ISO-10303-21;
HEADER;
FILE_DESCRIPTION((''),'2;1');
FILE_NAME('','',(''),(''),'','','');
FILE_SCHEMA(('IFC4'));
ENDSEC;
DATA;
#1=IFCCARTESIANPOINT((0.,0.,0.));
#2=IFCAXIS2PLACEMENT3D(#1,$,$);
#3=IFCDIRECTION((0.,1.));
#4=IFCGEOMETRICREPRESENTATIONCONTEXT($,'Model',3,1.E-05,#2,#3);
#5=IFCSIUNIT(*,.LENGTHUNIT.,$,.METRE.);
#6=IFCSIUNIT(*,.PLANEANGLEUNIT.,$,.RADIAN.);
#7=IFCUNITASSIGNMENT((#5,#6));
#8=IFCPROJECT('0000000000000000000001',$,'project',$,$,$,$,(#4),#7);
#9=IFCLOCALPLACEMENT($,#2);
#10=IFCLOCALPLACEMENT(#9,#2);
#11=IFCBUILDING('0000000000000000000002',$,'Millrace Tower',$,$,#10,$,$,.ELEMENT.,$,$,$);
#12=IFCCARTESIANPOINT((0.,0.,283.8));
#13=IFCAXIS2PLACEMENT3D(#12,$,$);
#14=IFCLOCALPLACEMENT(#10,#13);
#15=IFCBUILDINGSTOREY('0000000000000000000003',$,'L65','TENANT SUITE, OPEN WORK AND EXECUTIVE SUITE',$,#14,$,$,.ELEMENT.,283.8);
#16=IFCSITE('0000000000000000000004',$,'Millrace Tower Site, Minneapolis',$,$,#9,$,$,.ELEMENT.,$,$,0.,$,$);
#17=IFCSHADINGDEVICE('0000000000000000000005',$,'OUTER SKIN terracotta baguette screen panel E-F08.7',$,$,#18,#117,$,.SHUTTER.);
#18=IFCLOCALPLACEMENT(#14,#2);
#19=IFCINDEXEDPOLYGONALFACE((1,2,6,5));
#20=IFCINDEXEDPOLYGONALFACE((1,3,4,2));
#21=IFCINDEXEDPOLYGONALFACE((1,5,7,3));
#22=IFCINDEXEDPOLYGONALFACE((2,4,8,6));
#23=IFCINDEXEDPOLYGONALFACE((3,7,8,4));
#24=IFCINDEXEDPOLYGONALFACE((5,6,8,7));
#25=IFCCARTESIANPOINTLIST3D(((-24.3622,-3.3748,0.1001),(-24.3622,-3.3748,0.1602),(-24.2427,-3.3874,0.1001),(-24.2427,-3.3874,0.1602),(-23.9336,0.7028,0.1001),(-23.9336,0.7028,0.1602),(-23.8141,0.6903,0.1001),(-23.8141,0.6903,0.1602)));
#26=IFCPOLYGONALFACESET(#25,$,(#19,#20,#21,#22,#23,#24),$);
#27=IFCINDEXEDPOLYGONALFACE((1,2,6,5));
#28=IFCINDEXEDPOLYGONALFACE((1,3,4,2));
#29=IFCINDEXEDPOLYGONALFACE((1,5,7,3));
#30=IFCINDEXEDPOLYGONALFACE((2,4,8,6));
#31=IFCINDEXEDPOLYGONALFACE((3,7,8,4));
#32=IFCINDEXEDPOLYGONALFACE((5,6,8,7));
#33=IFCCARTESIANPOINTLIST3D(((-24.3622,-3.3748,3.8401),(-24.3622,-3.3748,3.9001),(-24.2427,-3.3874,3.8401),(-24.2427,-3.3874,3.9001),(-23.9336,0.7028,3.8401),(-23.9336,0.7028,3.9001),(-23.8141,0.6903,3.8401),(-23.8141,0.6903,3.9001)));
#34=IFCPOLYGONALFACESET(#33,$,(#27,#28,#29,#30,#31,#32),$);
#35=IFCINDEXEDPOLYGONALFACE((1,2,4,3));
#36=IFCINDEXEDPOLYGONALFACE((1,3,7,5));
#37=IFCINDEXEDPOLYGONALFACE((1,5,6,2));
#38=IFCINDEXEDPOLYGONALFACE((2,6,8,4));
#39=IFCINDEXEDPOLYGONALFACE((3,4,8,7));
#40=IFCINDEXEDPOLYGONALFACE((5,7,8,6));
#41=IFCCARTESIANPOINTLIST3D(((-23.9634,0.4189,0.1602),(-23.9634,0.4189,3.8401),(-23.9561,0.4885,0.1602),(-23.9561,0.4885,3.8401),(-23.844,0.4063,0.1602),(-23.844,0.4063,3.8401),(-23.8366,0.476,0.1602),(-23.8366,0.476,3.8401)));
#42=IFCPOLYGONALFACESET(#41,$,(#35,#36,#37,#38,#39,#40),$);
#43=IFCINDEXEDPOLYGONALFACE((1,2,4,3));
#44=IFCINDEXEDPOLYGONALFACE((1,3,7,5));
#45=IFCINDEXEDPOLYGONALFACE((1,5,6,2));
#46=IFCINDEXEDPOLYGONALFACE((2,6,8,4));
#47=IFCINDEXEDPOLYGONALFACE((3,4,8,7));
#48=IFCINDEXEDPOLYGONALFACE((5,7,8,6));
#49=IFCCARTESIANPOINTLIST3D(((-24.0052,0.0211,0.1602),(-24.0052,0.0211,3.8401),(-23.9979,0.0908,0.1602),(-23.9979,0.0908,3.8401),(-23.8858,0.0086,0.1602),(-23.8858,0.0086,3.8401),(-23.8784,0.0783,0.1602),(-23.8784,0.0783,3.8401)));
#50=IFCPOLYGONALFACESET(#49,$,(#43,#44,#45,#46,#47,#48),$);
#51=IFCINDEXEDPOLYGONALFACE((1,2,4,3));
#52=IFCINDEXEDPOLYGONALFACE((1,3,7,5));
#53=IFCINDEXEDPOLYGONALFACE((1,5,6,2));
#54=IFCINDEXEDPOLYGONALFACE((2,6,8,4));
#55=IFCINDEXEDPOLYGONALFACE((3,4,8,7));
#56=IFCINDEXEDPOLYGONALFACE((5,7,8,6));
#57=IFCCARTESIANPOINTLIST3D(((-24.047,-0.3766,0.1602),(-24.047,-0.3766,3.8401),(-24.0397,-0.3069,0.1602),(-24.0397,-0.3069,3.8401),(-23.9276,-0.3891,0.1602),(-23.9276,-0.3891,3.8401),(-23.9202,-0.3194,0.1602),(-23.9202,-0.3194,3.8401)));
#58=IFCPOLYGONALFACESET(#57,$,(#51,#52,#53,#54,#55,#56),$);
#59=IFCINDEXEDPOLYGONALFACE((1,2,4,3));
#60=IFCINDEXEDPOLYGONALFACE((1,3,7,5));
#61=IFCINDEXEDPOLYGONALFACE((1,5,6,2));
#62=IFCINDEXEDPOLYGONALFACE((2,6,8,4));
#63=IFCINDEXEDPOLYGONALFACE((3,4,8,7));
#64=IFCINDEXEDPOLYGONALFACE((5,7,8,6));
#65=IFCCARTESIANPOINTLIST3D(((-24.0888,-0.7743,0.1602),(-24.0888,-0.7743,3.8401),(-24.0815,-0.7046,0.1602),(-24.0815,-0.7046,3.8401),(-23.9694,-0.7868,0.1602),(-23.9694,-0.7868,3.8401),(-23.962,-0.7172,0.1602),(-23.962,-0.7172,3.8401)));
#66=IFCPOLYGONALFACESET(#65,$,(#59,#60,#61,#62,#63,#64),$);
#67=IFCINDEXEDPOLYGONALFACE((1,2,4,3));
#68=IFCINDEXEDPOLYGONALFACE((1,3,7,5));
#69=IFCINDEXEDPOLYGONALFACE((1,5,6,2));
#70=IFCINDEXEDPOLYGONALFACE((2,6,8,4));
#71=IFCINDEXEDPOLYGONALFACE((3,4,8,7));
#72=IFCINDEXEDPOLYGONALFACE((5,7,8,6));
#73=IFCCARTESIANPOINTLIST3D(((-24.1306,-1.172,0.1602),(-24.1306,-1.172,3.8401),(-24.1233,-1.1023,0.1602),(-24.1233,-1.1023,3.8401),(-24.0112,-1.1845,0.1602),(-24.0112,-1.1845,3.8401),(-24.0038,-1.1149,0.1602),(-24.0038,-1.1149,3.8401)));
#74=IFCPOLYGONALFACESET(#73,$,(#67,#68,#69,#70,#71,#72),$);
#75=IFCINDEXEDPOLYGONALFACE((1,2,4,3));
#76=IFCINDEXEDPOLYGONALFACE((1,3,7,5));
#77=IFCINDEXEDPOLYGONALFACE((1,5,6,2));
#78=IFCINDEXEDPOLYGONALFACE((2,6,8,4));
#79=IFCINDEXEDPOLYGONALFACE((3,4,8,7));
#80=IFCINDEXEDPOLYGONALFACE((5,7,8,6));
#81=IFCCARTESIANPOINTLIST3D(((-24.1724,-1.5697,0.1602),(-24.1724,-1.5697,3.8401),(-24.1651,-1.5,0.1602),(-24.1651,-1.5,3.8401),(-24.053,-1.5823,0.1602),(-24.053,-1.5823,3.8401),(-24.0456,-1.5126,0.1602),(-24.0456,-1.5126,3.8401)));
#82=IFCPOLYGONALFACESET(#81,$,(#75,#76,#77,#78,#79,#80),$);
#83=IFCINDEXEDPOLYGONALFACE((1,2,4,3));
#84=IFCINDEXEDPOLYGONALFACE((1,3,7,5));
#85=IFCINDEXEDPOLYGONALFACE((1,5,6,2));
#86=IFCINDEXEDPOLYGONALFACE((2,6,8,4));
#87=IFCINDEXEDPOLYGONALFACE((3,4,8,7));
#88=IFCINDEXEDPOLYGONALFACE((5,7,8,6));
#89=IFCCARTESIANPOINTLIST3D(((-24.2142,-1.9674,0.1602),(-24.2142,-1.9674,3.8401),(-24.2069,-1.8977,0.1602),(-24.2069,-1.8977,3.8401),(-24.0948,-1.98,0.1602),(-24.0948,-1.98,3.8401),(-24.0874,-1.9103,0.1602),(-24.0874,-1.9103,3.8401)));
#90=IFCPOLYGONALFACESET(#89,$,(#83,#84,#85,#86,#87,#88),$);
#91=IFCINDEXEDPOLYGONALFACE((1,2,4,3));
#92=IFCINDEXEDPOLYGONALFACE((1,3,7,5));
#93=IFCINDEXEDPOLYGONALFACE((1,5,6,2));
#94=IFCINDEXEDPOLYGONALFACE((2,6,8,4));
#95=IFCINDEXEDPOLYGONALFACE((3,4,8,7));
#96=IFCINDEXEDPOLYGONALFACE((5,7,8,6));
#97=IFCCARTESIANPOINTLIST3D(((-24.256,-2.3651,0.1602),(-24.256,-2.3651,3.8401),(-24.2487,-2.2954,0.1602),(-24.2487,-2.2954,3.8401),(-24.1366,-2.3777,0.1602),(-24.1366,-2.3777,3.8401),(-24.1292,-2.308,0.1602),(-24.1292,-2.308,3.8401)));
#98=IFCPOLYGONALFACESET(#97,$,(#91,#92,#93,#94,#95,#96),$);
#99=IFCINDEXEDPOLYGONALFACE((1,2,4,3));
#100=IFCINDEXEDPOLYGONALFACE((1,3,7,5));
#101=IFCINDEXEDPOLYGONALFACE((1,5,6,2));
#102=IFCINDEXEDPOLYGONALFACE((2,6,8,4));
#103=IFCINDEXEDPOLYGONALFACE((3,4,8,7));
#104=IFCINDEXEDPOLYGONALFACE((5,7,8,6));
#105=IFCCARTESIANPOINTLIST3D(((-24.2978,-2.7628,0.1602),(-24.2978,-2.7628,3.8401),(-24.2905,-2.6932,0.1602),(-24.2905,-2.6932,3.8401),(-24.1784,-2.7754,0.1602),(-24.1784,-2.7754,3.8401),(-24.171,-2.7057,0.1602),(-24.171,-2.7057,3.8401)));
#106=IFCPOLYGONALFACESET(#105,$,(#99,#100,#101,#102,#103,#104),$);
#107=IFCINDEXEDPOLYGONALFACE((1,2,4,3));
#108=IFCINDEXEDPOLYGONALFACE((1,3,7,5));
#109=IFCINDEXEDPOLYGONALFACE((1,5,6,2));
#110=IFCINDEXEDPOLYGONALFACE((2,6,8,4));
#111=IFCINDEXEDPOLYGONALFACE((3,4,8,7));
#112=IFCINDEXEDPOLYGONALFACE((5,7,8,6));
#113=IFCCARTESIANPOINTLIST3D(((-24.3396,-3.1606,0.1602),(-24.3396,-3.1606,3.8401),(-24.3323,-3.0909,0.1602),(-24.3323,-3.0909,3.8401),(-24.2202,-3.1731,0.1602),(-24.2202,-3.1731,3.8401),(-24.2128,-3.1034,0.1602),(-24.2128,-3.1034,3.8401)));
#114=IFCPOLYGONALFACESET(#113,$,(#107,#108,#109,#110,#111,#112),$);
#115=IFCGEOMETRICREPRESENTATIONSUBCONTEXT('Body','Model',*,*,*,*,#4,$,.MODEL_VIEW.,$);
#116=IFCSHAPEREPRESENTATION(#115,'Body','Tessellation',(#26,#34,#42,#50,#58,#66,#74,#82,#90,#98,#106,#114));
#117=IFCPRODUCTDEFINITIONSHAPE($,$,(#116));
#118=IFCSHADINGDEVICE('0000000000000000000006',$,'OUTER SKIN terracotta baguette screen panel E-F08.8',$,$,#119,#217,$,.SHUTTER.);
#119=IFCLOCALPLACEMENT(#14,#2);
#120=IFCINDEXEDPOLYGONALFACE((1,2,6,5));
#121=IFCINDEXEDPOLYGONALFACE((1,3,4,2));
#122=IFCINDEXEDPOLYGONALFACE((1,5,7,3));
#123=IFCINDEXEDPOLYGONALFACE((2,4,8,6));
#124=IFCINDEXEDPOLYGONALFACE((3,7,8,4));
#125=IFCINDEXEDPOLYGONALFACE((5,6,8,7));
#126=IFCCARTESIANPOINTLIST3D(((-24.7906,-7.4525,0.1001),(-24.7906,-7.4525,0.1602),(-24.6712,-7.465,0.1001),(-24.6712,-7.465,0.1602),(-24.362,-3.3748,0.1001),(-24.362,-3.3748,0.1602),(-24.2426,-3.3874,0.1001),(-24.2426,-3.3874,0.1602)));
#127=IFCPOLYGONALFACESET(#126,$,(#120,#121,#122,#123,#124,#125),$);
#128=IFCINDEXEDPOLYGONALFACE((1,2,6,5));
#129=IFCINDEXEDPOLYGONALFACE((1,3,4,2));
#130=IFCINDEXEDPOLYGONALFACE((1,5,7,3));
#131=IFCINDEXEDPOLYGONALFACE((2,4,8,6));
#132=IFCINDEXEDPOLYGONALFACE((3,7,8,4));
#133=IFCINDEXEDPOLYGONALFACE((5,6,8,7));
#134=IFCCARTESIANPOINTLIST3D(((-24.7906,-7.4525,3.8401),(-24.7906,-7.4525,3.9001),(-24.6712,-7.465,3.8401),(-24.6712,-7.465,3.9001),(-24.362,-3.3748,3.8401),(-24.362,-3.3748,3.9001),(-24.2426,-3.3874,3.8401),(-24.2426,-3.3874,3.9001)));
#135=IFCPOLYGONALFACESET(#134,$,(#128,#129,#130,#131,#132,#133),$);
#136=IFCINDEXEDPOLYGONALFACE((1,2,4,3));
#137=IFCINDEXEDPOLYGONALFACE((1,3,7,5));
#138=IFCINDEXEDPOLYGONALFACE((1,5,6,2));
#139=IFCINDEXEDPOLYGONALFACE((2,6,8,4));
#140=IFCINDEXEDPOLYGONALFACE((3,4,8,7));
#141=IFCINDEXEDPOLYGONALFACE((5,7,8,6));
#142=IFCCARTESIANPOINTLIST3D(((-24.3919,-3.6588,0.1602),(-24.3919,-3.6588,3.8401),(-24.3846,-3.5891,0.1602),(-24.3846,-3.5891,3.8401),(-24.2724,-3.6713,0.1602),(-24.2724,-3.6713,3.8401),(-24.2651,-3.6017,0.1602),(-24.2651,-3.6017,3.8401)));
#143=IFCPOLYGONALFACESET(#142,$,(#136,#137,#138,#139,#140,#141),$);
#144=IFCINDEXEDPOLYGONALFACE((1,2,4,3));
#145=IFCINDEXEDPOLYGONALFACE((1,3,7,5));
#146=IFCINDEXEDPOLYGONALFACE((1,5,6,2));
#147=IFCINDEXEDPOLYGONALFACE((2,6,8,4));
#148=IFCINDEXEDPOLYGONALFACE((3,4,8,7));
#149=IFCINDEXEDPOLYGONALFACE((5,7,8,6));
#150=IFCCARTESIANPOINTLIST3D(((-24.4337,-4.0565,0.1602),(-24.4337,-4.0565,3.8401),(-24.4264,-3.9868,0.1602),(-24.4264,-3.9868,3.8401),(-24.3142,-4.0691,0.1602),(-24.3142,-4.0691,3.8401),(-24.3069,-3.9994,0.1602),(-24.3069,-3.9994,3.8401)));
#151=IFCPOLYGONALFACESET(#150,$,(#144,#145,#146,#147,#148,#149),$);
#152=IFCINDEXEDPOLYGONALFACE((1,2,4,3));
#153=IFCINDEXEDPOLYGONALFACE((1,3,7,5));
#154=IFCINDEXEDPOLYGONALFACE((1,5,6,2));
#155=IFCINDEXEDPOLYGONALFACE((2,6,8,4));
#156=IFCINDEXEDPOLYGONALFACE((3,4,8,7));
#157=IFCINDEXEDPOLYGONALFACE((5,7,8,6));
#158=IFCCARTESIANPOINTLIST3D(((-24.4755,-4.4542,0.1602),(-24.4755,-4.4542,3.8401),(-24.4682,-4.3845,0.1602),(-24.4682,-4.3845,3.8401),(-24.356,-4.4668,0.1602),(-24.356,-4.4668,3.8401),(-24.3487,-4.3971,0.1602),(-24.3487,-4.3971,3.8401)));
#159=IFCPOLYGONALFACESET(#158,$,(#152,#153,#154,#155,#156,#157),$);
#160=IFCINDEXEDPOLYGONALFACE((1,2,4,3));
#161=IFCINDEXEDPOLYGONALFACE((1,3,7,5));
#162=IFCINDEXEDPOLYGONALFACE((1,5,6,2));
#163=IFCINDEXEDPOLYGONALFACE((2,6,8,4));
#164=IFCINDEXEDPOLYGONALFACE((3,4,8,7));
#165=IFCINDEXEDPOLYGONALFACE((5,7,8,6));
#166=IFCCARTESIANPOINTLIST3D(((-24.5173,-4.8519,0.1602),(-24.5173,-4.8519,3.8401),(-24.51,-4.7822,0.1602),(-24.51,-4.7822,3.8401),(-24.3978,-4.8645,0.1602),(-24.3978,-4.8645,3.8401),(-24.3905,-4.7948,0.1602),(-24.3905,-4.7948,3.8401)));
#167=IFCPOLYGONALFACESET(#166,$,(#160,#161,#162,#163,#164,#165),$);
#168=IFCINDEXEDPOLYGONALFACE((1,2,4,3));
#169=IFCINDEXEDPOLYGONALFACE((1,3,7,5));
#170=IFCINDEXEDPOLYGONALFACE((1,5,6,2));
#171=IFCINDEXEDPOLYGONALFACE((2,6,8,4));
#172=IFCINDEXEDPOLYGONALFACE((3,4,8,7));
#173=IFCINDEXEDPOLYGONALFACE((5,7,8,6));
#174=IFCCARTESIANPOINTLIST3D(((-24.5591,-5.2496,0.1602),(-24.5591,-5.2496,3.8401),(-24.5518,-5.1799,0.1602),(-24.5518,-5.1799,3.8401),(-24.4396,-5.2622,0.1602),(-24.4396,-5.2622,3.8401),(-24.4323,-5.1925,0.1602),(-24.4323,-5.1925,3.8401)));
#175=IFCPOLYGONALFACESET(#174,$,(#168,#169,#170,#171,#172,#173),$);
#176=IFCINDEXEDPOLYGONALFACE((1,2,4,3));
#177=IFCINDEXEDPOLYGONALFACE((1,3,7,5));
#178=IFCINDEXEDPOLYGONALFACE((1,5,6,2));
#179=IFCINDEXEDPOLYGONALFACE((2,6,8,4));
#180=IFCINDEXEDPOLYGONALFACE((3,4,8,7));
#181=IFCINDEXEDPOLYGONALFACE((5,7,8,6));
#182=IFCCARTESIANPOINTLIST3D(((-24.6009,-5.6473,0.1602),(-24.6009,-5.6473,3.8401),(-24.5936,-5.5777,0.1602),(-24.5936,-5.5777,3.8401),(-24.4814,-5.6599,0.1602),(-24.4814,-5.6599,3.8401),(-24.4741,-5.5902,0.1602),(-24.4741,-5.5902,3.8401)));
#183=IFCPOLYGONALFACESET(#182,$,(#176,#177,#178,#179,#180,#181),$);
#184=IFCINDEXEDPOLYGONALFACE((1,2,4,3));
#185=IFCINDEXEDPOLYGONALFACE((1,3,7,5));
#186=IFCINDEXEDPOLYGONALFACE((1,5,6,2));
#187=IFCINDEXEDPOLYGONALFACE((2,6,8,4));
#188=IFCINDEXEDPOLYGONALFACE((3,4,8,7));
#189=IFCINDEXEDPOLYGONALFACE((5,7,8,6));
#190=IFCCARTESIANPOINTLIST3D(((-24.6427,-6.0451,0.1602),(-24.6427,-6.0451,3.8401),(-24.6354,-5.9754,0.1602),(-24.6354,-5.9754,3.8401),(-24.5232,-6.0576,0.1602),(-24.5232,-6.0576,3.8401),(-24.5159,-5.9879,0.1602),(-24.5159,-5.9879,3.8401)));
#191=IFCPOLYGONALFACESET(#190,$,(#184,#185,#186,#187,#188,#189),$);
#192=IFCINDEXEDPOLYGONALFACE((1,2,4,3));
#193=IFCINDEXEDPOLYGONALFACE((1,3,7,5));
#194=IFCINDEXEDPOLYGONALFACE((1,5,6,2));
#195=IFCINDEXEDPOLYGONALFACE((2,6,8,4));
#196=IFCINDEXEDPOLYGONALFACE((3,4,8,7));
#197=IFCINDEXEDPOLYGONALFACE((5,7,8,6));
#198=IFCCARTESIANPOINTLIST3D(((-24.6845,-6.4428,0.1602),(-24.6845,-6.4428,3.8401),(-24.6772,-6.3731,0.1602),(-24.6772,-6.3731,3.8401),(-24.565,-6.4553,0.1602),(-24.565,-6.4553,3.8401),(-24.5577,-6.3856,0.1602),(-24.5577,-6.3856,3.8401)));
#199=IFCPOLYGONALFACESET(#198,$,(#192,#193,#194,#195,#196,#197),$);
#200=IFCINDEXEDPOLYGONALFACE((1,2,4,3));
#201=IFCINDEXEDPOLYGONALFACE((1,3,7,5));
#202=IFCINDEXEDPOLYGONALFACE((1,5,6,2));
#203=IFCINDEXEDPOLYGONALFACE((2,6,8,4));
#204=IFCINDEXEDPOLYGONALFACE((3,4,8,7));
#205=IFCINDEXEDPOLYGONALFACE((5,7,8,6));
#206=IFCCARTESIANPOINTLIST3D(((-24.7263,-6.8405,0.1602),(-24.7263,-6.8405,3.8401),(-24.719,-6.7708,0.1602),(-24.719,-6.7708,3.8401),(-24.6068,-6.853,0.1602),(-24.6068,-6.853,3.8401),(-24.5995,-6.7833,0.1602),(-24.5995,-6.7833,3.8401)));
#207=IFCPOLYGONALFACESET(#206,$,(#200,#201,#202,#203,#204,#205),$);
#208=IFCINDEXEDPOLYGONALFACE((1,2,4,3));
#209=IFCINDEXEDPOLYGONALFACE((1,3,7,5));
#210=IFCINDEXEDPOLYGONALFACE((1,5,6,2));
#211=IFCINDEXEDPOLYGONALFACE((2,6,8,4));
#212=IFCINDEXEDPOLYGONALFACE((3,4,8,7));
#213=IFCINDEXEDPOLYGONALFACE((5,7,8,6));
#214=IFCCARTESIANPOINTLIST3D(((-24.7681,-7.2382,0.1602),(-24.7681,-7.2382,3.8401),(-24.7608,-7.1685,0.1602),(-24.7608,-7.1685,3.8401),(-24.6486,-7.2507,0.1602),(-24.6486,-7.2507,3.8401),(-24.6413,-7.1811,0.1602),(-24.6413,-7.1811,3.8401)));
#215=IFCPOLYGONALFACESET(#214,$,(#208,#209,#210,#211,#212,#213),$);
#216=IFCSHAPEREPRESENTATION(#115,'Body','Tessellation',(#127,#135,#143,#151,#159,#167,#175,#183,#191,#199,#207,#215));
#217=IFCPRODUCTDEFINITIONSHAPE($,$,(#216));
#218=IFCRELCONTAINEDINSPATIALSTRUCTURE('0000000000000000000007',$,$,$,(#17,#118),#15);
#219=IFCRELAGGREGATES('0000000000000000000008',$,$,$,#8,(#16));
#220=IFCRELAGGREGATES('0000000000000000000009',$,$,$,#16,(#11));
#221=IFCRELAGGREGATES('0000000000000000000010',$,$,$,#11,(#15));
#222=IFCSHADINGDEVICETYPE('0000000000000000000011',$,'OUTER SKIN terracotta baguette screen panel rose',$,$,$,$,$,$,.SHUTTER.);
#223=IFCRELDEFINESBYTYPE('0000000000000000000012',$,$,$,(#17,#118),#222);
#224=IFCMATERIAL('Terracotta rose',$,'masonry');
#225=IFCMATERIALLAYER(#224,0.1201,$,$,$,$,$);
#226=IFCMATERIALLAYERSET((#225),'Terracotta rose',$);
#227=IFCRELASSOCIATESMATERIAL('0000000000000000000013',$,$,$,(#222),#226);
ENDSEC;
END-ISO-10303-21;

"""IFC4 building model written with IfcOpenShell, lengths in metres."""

from ifc_helpers import new_model, entity, si_unit, direction, frame, frame_2d, origin, place, context, subcontext, project, spatial, rectangle, extrude, source, transform, mapped, material, layer, layer_set, type_object, element, save


model = new_model("IFC4")

# Units and contexts
model_context = context("Model", 3, precision=1e-05, world=origin(), true_north=direction((0.0, 1.0)))
body_context = subcontext(model_context, "Body", "Model", "MODEL_VIEW")
ifc_project = project(units=[si_unit("LENGTHUNIT", "METRE"), si_unit("PLANEANGLEUNIT", "RADIAN")], contexts=[model_context])

# Site, building, storey
site_placement = place(None, origin())
site = spatial("IfcSite", under=ifc_project, at=site_placement, Name="Millrace Tower Site, Minneapolis", CompositionType="ELEMENT", RefElevation=0.0)
building_placement = place(site_placement, origin())
building = spatial("IfcBuilding", under=site, at=building_placement, Name="Millrace Tower", CompositionType="ELEMENT")
storey_placement = place(building_placement, frame((0.0, 0.0, 283.8)))
storey = spatial("IfcBuildingStorey", under=building, at=storey_placement, Name="L65", Description="TENANT SUITE, OPEN WORK AND EXECUTIVE SUITE", CompositionType="ELEMENT", Elevation=283.8)

# Shading devices
ifc_material_1 = material(Name="Terracotta rose", Category="masonry")
ifc_layer_1 = layer(ifc_material_1, 0.1201)
ifc_layer_set_1 = layer_set([ifc_layer_1], Name="Terracotta rose")
shading_device_type = type_object("IfcShadingDeviceType", Name="OUTER SKIN terracotta baguette screen panel rose", PredefinedType="SHUTTER", material=ifc_layer_set_1)
cartesian_point_1 = entity("IfcCartesianPoint", [-2.05, 0.0601])
shared_polyline_1 = entity("IfcPolyline", [cartesian_point_1, entity("IfcCartesianPoint", [2.05, 0.0601]), entity("IfcCartesianPoint", [2.05, -0.0601]), entity("IfcCartesianPoint", [-2.05, -0.0601]), cartesian_point_1])
shared_shape_1 = source(origin(), body_context, "Body", "SweptSolid", [
    entity("IfcExtrudedAreaSolid", entity("IfcArbitraryClosedProfileDef", "AREA", None, shared_polyline_1), entity("IfcAxis2Placement3D", entity("IfcCartesianPoint", [0.0, 0.0, 0.0])), entity("IfcDirection", [0.0, 0.0, 1.0]), 0.0601),
    entity("IfcExtrudedAreaSolid", entity("IfcArbitraryClosedProfileDef", "AREA", None, shared_polyline_1), entity("IfcAxis2Placement3D", entity("IfcCartesianPoint", [0.0, 0.0, 3.74])), entity("IfcDirection", [0.0, 0.0, 1.0]), 0.0601),
    extrude(rectangle(XDim=0.0701, YDim=0.1201, at=frame_2d((-1.7996, 0.0))), frame((0.0, 0.0, 0.0601)), (0.0, 0.0, 1.0), 3.6799),
    extrude(rectangle(XDim=0.0701, YDim=0.1201, at=frame_2d((-1.3997, 0.0))), frame((0.0, 0.0, 0.0601)), (0.0, 0.0, 1.0), 3.6799),
    extrude(rectangle(XDim=0.0701, YDim=0.1201, at=frame_2d((-0.9998, 0.0))), frame((0.0, 0.0, 0.0601)), (0.0, 0.0, 1.0), 3.6799),
    extrude(rectangle(XDim=0.0701, YDim=0.1201, at=frame_2d((-0.5999, 0.0))), frame((0.0, 0.0, 0.0601)), (0.0, 0.0, 1.0), 3.6799),
    extrude(rectangle(XDim=0.0701, YDim=0.1201, at=frame_2d((-0.2, 0.0))), frame((0.0, 0.0, 0.0601)), (0.0, 0.0, 1.0), 3.6799),
    extrude(rectangle(XDim=0.0701, YDim=0.1201, at=frame_2d((0.2, 0.0))), frame((0.0, 0.0, 0.0601)), (0.0, 0.0, 1.0), 3.6799),
    extrude(rectangle(XDim=0.0701, YDim=0.1201, at=frame_2d((0.5999, 0.0))), frame((0.0, 0.0, 0.0601)), (0.0, 0.0, 1.0), 3.6799),
    extrude(rectangle(XDim=0.0701, YDim=0.1201, at=frame_2d((0.9998, 0.0))), frame((0.0, 0.0, 0.0601)), (0.0, 0.0, 1.0), 3.6799),
    extrude(rectangle(XDim=0.0701, YDim=0.1201, at=frame_2d((1.3997, 0.0))), frame((0.0, 0.0, 0.0601)), (0.0, 0.0, 1.0), 3.6799),
    extrude(rectangle(XDim=0.0701, YDim=0.1201, at=frame_2d((1.7996, 0.0))), frame((0.0, 0.0, 0.0601)), (0.0, 0.0, 1.0), 3.6799),
])
for number, where, z_axis, x_axis, name in (
    (1, (-24.0881, -1.3423, 0.1001), (0.0, 0.0, 1.0), (-0.104528, -0.994522, 0.0), "OUTER SKIN terracotta baguette screen panel E-F08.7"),
    (2, (-24.5166, -5.4199, 0.1001), (0.0, 0.0, 1.0), (-0.104528, -0.994522, 0.0), "OUTER SKIN terracotta baguette screen panel E-F08.8"),
):
    element("IfcShadingDevice", number, at=place(storey_placement, frame(where, z_axis=z_axis, x_axis=x_axis)), inside=storey, type_object=shading_device_type, Name=name, PredefinedType="SHUTTER", context=body_context, shape_type="MappedRepresentation", body=[
        mapped(shared_shape_1, transform((0.0, 0.0, 0.0), scale=1.0)),
    ])

save(model, "model.ifc")
